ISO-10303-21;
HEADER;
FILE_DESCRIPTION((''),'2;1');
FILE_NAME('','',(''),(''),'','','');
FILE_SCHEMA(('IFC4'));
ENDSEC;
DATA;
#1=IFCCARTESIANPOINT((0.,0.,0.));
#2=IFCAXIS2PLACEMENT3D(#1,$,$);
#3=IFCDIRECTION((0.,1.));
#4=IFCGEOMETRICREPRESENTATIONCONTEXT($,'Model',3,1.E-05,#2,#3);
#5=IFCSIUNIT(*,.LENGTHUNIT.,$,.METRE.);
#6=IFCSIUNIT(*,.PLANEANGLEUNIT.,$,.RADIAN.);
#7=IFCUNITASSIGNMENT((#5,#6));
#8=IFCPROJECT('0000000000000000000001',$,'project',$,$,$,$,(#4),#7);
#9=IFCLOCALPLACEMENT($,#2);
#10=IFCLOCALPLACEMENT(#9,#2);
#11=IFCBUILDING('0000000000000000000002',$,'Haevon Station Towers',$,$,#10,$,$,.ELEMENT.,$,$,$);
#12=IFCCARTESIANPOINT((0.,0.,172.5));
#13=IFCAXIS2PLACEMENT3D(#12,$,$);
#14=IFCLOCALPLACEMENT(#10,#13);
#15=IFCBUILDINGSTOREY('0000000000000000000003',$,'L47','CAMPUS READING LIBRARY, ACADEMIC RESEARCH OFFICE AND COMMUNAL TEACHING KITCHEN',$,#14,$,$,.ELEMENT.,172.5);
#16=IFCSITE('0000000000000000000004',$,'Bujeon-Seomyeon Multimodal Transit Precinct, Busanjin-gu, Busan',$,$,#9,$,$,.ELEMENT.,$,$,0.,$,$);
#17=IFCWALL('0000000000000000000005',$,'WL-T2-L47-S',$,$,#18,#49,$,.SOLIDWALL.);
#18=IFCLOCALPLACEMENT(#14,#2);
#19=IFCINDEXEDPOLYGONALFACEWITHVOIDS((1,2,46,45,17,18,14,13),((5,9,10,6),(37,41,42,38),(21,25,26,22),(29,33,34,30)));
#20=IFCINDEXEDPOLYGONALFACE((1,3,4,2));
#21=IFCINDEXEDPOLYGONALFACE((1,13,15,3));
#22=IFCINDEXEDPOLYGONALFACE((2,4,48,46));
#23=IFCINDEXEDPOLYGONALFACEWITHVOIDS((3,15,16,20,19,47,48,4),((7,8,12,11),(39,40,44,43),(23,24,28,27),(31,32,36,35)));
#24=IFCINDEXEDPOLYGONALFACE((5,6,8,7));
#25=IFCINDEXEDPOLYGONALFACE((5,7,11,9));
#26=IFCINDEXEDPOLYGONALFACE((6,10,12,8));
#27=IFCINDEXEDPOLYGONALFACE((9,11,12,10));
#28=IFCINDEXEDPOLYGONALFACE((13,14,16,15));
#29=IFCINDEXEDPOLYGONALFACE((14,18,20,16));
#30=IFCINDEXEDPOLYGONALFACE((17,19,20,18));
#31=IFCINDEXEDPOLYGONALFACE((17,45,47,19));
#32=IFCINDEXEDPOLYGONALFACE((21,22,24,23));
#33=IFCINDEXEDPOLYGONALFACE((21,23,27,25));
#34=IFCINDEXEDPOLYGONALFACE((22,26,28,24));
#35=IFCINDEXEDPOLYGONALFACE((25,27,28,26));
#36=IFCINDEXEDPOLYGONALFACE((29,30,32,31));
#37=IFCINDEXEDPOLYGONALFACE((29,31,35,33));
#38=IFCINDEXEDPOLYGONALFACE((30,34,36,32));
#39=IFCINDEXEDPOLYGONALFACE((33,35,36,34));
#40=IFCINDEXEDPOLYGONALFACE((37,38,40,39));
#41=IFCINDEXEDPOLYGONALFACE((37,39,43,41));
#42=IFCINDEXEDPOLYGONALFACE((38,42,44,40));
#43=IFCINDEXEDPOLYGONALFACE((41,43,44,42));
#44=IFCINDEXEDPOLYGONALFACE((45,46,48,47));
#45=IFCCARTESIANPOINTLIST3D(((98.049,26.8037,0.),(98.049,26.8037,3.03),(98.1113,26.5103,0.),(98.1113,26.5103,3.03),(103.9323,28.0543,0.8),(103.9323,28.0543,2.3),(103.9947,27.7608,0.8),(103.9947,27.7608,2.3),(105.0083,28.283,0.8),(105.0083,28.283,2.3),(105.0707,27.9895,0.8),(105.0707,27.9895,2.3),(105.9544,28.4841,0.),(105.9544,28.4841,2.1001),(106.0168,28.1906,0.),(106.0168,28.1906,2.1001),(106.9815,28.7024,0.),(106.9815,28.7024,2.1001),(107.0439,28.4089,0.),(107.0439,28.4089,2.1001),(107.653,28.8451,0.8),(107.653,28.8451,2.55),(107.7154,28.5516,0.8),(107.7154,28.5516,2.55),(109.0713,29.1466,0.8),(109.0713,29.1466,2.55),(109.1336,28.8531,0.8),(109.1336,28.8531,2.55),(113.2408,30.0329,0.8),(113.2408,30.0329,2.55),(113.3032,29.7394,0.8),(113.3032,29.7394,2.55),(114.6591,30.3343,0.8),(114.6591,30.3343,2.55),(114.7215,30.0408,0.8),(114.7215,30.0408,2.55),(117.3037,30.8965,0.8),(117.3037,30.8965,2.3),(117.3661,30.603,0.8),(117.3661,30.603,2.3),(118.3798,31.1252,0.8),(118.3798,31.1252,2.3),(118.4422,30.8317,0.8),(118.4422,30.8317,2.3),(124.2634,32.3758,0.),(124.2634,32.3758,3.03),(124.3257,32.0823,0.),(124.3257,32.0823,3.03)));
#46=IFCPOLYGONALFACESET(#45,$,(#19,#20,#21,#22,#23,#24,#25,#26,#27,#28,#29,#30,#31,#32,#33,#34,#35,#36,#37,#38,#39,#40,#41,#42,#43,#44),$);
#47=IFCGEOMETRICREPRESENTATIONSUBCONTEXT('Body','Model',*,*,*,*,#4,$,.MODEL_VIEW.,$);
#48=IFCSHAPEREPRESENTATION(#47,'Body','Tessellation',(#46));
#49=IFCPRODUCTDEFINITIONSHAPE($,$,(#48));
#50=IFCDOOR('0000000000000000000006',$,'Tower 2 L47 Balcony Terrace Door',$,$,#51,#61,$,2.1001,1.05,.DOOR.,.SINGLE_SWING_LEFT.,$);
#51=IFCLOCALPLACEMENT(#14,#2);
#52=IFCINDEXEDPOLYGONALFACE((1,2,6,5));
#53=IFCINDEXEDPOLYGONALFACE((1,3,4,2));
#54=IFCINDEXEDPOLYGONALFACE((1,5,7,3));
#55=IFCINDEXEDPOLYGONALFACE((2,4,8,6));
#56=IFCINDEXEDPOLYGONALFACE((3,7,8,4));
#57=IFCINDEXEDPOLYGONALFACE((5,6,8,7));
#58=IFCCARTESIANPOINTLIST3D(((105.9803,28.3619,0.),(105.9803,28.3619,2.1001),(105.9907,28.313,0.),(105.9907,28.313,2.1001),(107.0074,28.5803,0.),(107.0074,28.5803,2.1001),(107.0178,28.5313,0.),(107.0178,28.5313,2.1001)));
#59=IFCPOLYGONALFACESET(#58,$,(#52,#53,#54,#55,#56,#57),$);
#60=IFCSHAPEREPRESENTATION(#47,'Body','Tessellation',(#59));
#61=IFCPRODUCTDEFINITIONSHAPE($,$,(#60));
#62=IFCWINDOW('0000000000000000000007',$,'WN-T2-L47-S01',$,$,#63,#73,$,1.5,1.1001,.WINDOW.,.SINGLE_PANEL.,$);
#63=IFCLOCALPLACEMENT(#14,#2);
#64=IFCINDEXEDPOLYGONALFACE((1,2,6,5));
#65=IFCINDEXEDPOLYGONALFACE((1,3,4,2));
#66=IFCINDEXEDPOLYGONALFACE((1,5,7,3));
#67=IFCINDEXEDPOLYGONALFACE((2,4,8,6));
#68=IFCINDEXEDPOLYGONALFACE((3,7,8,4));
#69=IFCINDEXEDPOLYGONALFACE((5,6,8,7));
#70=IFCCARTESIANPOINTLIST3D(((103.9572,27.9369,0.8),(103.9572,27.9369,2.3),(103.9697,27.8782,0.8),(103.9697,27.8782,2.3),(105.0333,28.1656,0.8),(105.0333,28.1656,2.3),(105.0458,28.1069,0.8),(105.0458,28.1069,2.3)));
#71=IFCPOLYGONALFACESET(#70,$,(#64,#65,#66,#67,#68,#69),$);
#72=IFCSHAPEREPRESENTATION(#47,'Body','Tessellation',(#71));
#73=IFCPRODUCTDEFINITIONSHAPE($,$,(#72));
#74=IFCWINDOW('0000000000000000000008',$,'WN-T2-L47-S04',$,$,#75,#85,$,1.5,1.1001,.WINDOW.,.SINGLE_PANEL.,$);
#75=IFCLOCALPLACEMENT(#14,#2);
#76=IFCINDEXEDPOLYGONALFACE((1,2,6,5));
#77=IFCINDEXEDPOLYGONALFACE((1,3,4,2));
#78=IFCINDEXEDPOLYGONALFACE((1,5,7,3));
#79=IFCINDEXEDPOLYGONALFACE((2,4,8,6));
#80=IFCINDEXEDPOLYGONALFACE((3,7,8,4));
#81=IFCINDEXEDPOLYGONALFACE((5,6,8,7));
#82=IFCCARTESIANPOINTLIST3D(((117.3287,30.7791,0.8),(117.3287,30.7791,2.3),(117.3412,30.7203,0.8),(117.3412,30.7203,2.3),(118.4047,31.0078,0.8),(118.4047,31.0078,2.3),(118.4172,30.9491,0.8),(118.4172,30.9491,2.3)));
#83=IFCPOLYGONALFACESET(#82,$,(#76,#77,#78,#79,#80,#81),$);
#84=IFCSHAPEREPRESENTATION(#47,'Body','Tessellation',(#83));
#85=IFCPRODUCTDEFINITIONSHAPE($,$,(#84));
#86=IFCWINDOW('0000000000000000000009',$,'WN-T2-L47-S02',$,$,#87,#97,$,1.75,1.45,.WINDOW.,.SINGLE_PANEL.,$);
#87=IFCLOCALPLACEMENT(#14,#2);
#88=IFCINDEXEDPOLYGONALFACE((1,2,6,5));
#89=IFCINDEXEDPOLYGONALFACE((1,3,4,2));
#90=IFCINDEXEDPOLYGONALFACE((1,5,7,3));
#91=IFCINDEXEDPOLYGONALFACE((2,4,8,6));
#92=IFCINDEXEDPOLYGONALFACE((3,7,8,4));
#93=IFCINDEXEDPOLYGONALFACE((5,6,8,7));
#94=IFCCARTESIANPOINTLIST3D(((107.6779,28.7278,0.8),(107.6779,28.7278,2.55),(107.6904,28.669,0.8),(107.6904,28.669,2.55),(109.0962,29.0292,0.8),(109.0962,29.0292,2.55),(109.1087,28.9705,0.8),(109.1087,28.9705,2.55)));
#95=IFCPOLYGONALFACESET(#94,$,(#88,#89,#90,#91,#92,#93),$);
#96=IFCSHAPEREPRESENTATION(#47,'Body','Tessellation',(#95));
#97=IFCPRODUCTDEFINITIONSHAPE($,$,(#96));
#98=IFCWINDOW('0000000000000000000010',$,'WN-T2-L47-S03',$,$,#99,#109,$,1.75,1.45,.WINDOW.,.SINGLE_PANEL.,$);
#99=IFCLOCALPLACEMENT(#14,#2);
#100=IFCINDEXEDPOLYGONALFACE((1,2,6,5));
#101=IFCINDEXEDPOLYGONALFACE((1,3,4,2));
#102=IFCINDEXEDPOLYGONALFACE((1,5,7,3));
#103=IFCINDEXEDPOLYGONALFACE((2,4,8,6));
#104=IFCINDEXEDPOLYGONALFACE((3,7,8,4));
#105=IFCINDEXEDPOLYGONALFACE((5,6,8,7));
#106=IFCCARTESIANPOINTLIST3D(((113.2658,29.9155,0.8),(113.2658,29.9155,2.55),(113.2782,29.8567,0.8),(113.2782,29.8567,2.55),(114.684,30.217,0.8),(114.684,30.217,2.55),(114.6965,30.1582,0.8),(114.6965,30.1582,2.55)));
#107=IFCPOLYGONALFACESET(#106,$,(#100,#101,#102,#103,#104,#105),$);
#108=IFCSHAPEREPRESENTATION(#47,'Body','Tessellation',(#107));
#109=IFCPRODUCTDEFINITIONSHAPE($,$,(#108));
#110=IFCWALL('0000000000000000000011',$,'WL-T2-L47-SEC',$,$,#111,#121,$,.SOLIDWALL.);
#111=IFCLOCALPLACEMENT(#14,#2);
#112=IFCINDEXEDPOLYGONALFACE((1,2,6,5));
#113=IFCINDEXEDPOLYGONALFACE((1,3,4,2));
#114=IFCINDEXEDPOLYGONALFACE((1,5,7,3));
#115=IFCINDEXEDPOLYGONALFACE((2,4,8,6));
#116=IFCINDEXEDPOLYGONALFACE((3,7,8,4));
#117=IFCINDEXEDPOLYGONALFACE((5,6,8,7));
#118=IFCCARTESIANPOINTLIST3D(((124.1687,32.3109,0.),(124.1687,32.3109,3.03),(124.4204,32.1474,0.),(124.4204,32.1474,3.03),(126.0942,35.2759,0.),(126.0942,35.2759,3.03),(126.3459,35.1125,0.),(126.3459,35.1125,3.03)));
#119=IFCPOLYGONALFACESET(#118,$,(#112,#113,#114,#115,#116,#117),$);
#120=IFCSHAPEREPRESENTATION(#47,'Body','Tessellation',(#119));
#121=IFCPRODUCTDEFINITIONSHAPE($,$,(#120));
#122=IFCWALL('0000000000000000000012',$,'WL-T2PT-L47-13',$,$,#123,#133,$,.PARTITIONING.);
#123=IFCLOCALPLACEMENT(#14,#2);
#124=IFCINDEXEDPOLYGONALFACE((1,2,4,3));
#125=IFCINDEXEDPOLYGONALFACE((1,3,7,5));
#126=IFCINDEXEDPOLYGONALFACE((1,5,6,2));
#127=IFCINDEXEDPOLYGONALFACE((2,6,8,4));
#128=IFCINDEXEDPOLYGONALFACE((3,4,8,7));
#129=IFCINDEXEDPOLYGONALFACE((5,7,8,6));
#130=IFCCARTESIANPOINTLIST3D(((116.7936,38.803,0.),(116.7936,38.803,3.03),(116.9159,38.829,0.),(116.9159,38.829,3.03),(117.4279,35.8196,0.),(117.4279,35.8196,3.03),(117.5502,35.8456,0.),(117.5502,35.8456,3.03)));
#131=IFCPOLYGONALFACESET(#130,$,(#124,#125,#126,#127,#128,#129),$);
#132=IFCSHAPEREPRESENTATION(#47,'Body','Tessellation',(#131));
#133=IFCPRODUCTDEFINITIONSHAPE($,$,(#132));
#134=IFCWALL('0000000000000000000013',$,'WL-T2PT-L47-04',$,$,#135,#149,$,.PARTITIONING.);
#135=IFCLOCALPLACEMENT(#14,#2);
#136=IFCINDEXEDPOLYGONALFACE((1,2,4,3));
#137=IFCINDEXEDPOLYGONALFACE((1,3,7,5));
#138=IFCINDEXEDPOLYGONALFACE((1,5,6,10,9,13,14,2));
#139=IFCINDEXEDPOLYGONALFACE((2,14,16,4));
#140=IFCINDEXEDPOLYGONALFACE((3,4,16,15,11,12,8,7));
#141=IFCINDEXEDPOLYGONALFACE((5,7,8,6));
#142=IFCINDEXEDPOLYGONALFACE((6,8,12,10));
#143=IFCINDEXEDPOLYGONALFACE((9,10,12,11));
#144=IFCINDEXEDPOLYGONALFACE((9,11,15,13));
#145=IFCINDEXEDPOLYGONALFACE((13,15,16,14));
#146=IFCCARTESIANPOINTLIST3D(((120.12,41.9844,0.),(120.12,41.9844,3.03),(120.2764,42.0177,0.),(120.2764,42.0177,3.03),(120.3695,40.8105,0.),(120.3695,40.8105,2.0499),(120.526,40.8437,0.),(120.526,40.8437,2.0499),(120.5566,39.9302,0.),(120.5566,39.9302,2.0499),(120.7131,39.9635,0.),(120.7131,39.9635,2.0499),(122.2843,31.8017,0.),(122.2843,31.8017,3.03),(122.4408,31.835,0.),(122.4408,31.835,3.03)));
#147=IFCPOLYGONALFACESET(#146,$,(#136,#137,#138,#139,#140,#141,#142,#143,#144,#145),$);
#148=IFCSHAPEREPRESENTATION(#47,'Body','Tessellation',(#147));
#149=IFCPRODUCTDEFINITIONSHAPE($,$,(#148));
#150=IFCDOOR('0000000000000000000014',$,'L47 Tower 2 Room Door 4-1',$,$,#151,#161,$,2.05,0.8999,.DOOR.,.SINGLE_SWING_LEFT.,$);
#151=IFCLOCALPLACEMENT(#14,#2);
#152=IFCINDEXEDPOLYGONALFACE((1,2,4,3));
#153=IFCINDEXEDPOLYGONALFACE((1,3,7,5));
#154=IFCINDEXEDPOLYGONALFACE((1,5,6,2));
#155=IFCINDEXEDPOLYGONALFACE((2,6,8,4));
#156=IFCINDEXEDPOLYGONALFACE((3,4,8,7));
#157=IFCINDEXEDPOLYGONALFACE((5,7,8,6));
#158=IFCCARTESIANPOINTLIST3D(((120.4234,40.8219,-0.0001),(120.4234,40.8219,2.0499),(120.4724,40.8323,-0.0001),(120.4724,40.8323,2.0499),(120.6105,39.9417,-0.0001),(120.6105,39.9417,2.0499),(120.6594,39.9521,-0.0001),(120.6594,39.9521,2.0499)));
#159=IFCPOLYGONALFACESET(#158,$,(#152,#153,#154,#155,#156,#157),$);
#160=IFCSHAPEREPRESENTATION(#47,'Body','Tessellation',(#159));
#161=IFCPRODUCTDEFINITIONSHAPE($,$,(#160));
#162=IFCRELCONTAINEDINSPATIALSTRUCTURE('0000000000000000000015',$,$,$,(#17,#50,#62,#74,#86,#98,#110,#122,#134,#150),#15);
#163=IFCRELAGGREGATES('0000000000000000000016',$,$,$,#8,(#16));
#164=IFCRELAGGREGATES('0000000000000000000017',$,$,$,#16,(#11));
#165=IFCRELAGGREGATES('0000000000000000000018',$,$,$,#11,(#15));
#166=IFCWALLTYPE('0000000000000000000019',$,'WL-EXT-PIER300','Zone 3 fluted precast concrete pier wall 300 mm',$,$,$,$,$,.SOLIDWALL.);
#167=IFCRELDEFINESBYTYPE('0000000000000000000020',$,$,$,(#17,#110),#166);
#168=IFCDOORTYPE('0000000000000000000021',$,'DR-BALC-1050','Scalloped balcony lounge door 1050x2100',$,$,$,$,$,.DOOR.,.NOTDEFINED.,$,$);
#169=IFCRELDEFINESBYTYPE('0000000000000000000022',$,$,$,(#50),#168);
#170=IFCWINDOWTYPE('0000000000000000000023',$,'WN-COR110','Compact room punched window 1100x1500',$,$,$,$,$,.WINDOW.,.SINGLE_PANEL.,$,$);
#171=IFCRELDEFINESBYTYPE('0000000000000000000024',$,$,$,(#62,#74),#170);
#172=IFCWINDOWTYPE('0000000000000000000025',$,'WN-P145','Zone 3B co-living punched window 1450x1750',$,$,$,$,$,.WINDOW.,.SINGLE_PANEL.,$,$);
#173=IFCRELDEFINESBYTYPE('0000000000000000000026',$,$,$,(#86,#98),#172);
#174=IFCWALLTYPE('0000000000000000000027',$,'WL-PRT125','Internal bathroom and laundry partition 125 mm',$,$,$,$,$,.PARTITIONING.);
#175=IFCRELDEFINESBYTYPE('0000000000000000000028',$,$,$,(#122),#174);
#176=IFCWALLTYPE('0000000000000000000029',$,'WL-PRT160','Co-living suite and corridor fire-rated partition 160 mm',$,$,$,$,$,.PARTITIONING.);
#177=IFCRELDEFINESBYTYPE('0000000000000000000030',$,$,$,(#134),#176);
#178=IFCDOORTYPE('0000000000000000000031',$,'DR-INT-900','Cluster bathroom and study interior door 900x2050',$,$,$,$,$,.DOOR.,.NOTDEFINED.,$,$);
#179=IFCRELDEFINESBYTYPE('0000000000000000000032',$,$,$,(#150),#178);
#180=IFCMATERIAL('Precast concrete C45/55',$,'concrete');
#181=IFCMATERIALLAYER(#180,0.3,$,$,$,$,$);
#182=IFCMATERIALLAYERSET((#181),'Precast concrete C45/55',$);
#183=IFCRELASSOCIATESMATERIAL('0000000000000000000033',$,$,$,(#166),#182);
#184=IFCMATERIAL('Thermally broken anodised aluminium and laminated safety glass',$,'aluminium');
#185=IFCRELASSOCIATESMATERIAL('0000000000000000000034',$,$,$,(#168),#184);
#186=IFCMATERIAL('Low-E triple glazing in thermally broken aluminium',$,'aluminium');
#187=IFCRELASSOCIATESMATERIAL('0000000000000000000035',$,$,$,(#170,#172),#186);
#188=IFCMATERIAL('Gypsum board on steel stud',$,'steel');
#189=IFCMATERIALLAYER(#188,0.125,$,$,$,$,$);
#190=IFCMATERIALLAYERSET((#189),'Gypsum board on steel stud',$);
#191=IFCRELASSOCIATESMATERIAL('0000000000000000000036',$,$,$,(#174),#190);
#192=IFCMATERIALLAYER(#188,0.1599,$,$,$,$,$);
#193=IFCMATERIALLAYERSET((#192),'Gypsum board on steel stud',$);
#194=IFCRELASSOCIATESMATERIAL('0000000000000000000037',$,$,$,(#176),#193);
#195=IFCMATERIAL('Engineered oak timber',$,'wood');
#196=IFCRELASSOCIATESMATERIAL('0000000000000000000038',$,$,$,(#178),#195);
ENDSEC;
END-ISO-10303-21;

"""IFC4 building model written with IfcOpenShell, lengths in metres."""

from ifc_helpers import new_model, si_unit, direction, frame, frame_2d, origin, place, context, subcontext, project, spatial, rectangle, extrude, material, layer, layer_set, type_object, element, fill, save


model = new_model("IFC4")

# Units and contexts
model_context = context("Model", 3, precision=1e-05, world=origin(), true_north=direction((0.0, 1.0)))
body_context = subcontext(model_context, "Body", "Model", "MODEL_VIEW")
ifc_project = project(units=[si_unit("LENGTHUNIT", "METRE"), si_unit("PLANEANGLEUNIT", "RADIAN")], contexts=[model_context])

# Site, building, storey
site_placement = place(None, origin())
site = spatial("IfcSite", under=ifc_project, at=site_placement, Name="Bujeon-Seomyeon Multimodal Transit Precinct, Busanjin-gu, Busan", CompositionType="ELEMENT", RefElevation=0.0)
building_placement = place(site_placement, origin())
building = spatial("IfcBuilding", under=site, at=building_placement, Name="Haevon Station Towers", CompositionType="ELEMENT")
storey_placement = place(building_placement, frame((0.0, 0.0, 172.5)))
storey = spatial("IfcBuildingStorey", under=building, at=storey_placement, Name="L47", Description="CAMPUS READING LIBRARY, ACADEMIC RESEARCH OFFICE AND COMMUNAL TEACHING KITCHEN", CompositionType="ELEMENT", Elevation=172.5)

# Wall, openings, door, windows
ifc_material_1 = material(Name="Precast concrete C45/55", Category="concrete")
ifc_layer_1 = layer(ifc_material_1, 0.3)
ifc_layer_set_1 = layer_set([ifc_layer_1], Name="Precast concrete C45/55")
wall_type_1 = type_object("IfcWallType", Name="WL-EXT-PIER300", Description="Zone 3 fluted precast concrete pier wall 300 mm", PredefinedType="SOLIDWALL", material=ifc_layer_set_1)
wall_1_placement = place(storey_placement, frame((124.2944, 32.229, 0.0), z_axis=(0.0, 0.0, 1.0), x_axis=(-0.978148, -0.207911, 0.0)))
wall_1 = element("IfcWall", 1, at=wall_1_placement, inside=storey, type_object=wall_type_1, Name="WL-T2-L47-S", PredefinedType="SOLIDWALL", context=body_context, shape_type="SweptSolid", body=[
    extrude(rectangle(XDim=26.8, YDim=0.3, at=frame_2d((13.3999, 0.0))), origin(), (0.0, 0.0, 1.0), 3.03),
])
opening_1_placement = place(wall_1_placement, frame((17.668, 0.0, 0.0)))
opening_1 = element("IfcOpeningElement", 2, at=opening_1_placement, cuts=wall_1, PredefinedType="OPENING", context=body_context, shape_type="SweptSolid", body=[
    extrude(rectangle(XDim=1.05, YDim=2.1001, at=frame_2d((0.5249, 1.05))), frame((0.0, 0.1599, 0.0), z_axis=(0.0, -1.0, 0.0), x_axis=(1.0, 0.0, 0.0)), (0.0, 0.0, 1.0), 0.3201),
])
opening_2_placement = place(wall_1_placement, frame((19.6851, 0.0, 0.8)))
opening_2 = element("IfcOpeningElement", 3, at=opening_2_placement, cuts=wall_1, PredefinedType="OPENING", context=body_context, shape_type="SweptSolid", body=[
    extrude(rectangle(XDim=1.1001, YDim=1.5, at=frame_2d((0.55, 0.75))), frame((0.0, 0.1599, 0.0), z_axis=(0.0, -1.0, 0.0), x_axis=(1.0, 0.0, 0.0)), (0.0, 0.0, 1.0), 0.3201),
])
opening_3_placement = place(wall_1_placement, frame((15.5312, 0.0, 0.8)))
opening_3 = element("IfcOpeningElement", 4, at=opening_3_placement, cuts=wall_1, PredefinedType="OPENING", context=body_context, shape_type="SweptSolid", body=[
    extrude(rectangle(XDim=1.45, YDim=1.75, at=frame_2d((0.7251, 0.875))), frame((0.0, 0.1599, 0.0), z_axis=(0.0, -1.0, 0.0), x_axis=(1.0, 0.0, 0.0)), (0.0, 0.0, 1.0), 0.3201),
])
opening_4_placement = place(wall_1_placement, frame((9.8186, 0.0, 0.8)))
opening_4 = element("IfcOpeningElement", 5, at=opening_4_placement, cuts=wall_1, PredefinedType="OPENING", context=body_context, shape_type="SweptSolid", body=[
    extrude(rectangle(XDim=1.45, YDim=1.75, at=frame_2d((0.7251, 0.875))), frame((0.0, 0.1599, 0.0), z_axis=(0.0, -1.0, 0.0), x_axis=(1.0, 0.0, 0.0)), (0.0, 0.0, 1.0), 0.3201),
])
opening_5_placement = place(wall_1_placement, frame((6.0149, 0.0, 0.8)))
opening_5 = element("IfcOpeningElement", 6, at=opening_5_placement, cuts=wall_1, PredefinedType="OPENING", context=body_context, shape_type="SweptSolid", body=[
    extrude(rectangle(XDim=1.1001, YDim=1.5, at=frame_2d((0.55, 0.75))), frame((0.0, 0.1599, 0.0), z_axis=(0.0, -1.0, 0.0), x_axis=(1.0, 0.0, 0.0)), (0.0, 0.0, 1.0), 0.3201),
])
ifc_material_2 = material(Name="Thermally broken anodised aluminium and laminated safety glass", Category="aluminium")
door_type_1 = type_object("IfcDoorType", Name="DR-BALC-1050", Description="Scalloped balcony lounge door 1050x2100", OperationType="NOTDEFINED", PredefinedType="DOOR", material=ifc_material_2)
door_1_placement = place(opening_1_placement, origin())
door_1 = element("IfcDoor", 7, at=door_1_placement, inside=storey, type_object=door_type_1, Name="Tower 2 L47 Balcony Terrace Door", OperationType="SINGLE_SWING_LEFT", OverallHeight=2.1001, OverallWidth=1.05, PredefinedType="DOOR", context=body_context, shape_type="SweptSolid", body=[
    extrude(rectangle(XDim=1.05, YDim=2.1001, at=frame_2d((0.5249, 1.05))), frame((0.0, 0.0249, 0.0), z_axis=(0.0, -1.0, 0.0), x_axis=(1.0, 0.0, 0.0)), (0.0, 0.0, 1.0), 0.05),
])
fill(opening_1, door_1)
ifc_material_3 = material(Name="Low-E triple glazing in thermally broken aluminium", Category="aluminium")
window_type_1 = type_object("IfcWindowType", Name="WN-COR110", Description="Compact room punched window 1100x1500", PartitioningType="SINGLE_PANEL", PredefinedType="WINDOW", material=ifc_material_3)
window_1_placement = place(opening_2_placement, origin())
window_1 = element("IfcWindow", 8, at=window_1_placement, inside=storey, type_object=window_type_1, Name="WN-T2-L47-S01", OverallHeight=1.5, OverallWidth=1.1001, PartitioningType="SINGLE_PANEL", PredefinedType="WINDOW", context=body_context, shape_type="SweptSolid", body=[
    extrude(rectangle(XDim=1.1001, YDim=1.5, at=frame_2d((0.55, 0.75))), frame((0.0, 0.03, 0.0), z_axis=(0.0, -1.0, 0.0), x_axis=(1.0, 0.0, 0.0)), (0.0, 0.0, 1.0), 0.0601),
])
fill(opening_2, window_1)
window_2_placement = place(opening_5_placement, origin())
window_2 = element("IfcWindow", 9, at=window_2_placement, inside=storey, type_object=window_type_1, Name="WN-T2-L47-S04", OverallHeight=1.5, OverallWidth=1.1001, PartitioningType="SINGLE_PANEL", PredefinedType="WINDOW", context=body_context, shape_type="SweptSolid", body=[
    extrude(rectangle(XDim=1.1001, YDim=1.5, at=frame_2d((0.55, 0.75))), frame((0.0, 0.03, 0.0), z_axis=(0.0, -1.0, 0.0), x_axis=(1.0, 0.0, 0.0)), (0.0, 0.0, 1.0), 0.0601),
])
fill(opening_5, window_2)
window_type_2 = type_object("IfcWindowType", Name="WN-P145", Description="Zone 3B co-living punched window 1450x1750", PartitioningType="SINGLE_PANEL", PredefinedType="WINDOW", material=ifc_material_3)
window_3_placement = place(opening_3_placement, origin())
window_3 = element("IfcWindow", 10, at=window_3_placement, inside=storey, type_object=window_type_2, Name="WN-T2-L47-S02", OverallHeight=1.75, OverallWidth=1.45, PartitioningType="SINGLE_PANEL", PredefinedType="WINDOW", context=body_context, shape_type="SweptSolid", body=[
    extrude(rectangle(XDim=1.45, YDim=1.75, at=frame_2d((0.7251, 0.875))), frame((0.0, 0.03, 0.0), z_axis=(0.0, -1.0, 0.0), x_axis=(1.0, 0.0, 0.0)), (0.0, 0.0, 1.0), 0.0601),
])
fill(opening_3, window_3)
window_4_placement = place(opening_4_placement, origin())
window_4 = element("IfcWindow", 11, at=window_4_placement, inside=storey, type_object=window_type_2, Name="WN-T2-L47-S03", OverallHeight=1.75, OverallWidth=1.45, PartitioningType="SINGLE_PANEL", PredefinedType="WINDOW", context=body_context, shape_type="SweptSolid", body=[
    extrude(rectangle(XDim=1.45, YDim=1.75, at=frame_2d((0.7251, 0.875))), frame((0.0, 0.03, 0.0), z_axis=(0.0, -1.0, 0.0), x_axis=(1.0, 0.0, 0.0)), (0.0, 0.0, 1.0), 0.0601),
])
fill(opening_4, window_4)

# Walls
wall_2_placement = place(storey_placement, frame((126.22, 35.1941, 0.0), z_axis=(0.0, 0.0, 1.0), x_axis=(-0.544636, -0.838672, 0.0)))
element("IfcWall", 12, at=wall_2_placement, inside=storey, type_object=wall_type_1, Name="WL-T2-L47-SEC", PredefinedType="SOLIDWALL", context=body_context, shape_type="SweptSolid", body=[
    extrude(rectangle(XDim=3.5354, YDim=0.3, at=frame_2d((1.7676, 0.0))), origin(), (0.0, 0.0, 1.0), 3.03),
])
ifc_material_4 = material(Name="Gypsum board on steel stud", Category="steel")
ifc_layer_2 = layer(ifc_material_4, 0.125)
ifc_layer_set_2 = layer_set([ifc_layer_2], Name="Gypsum board on steel stud")
wall_type_2 = type_object("IfcWallType", Name="WL-PRT125", Description="Internal bathroom and laundry partition 125 mm", PredefinedType="PARTITIONING", material=ifc_layer_set_2)
wall_3_placement = place(storey_placement, frame((117.489, 35.8328, 0.0), z_axis=(0.0, 0.0, 1.0), x_axis=(-0.207954, 0.978139, 0.0)))
element("IfcWall", 13, at=wall_3_placement, inside=storey, type_object=wall_type_2, Name="WL-T2PT-L47-13", PredefinedType="PARTITIONING", context=body_context, shape_type="SweptSolid", body=[
    extrude(rectangle(XDim=3.05, YDim=0.125, at=frame_2d((1.5249, 0.0))), origin(), (0.0, 0.0, 1.0), 3.03),
])

# Wall, opening, door
ifc_layer_3 = layer(ifc_material_4, 0.1599)
ifc_layer_set_3 = layer_set([ifc_layer_3], Name="Gypsum board on steel stud")
wall_type_3 = type_object("IfcWallType", Name="WL-PRT160", Description="Co-living suite and corridor fire-rated partition 160 mm", PredefinedType="PARTITIONING", material=ifc_layer_set_3)
wall_4_placement = place(storey_placement, frame((122.3625, 31.8184, 0.0), z_axis=(0.0, 0.0, 1.0), x_axis=(-0.207905, 0.978149, 0.0)))
wall_4 = element("IfcWall", 14, at=wall_4_placement, inside=storey, type_object=wall_type_3, Name="WL-T2PT-L47-04", PredefinedType="PARTITIONING", context=body_context, shape_type="SweptSolid", body=[
    extrude(rectangle(XDim=10.4102, YDim=0.1599, at=frame_2d((5.2051, 0.0))), origin(), (0.0, 0.0, 1.0), 3.03),
])
opening_6_placement = place(wall_4_placement, frame((8.3101, 0.0, 0.0)))
opening_6 = element("IfcOpeningElement", 15, at=opening_6_placement, cuts=wall_4, PredefinedType="OPENING", context=body_context, shape_type="SweptSolid", body=[
    extrude(rectangle(XDim=0.8999, YDim=2.05, at=frame_2d((0.45, 1.0249))), frame((0.0, 0.0898, 0.0), z_axis=(0.0, -1.0, 0.0), x_axis=(1.0, 0.0, 0.0)), (0.0, 0.0, 1.0), 0.1799),
])
ifc_material_5 = material(Name="Engineered oak timber", Category="wood")
door_type_2 = type_object("IfcDoorType", Name="DR-INT-900", Description="Cluster bathroom and study interior door 900x2050", OperationType="NOTDEFINED", PredefinedType="DOOR", material=ifc_material_5)
door_2_placement = place(opening_6_placement, origin())
door_2 = element("IfcDoor", 16, at=door_2_placement, inside=storey, type_object=door_type_2, Name="L47 Tower 2 Room Door 4-1", OperationType="SINGLE_SWING_LEFT", OverallHeight=2.05, OverallWidth=0.8999, PredefinedType="DOOR", context=body_context, shape_type="SweptSolid", body=[
    extrude(rectangle(XDim=0.8999, YDim=2.05, at=frame_2d((0.45, 1.0249))), frame((0.0, 0.0249, 0.0), z_axis=(0.0, -1.0, 0.0), x_axis=(1.0, 0.0, 0.0)), (0.0, 0.0, 1.0), 0.05),
])
fill(opening_6, door_2)

save(model, "model.ifc")
